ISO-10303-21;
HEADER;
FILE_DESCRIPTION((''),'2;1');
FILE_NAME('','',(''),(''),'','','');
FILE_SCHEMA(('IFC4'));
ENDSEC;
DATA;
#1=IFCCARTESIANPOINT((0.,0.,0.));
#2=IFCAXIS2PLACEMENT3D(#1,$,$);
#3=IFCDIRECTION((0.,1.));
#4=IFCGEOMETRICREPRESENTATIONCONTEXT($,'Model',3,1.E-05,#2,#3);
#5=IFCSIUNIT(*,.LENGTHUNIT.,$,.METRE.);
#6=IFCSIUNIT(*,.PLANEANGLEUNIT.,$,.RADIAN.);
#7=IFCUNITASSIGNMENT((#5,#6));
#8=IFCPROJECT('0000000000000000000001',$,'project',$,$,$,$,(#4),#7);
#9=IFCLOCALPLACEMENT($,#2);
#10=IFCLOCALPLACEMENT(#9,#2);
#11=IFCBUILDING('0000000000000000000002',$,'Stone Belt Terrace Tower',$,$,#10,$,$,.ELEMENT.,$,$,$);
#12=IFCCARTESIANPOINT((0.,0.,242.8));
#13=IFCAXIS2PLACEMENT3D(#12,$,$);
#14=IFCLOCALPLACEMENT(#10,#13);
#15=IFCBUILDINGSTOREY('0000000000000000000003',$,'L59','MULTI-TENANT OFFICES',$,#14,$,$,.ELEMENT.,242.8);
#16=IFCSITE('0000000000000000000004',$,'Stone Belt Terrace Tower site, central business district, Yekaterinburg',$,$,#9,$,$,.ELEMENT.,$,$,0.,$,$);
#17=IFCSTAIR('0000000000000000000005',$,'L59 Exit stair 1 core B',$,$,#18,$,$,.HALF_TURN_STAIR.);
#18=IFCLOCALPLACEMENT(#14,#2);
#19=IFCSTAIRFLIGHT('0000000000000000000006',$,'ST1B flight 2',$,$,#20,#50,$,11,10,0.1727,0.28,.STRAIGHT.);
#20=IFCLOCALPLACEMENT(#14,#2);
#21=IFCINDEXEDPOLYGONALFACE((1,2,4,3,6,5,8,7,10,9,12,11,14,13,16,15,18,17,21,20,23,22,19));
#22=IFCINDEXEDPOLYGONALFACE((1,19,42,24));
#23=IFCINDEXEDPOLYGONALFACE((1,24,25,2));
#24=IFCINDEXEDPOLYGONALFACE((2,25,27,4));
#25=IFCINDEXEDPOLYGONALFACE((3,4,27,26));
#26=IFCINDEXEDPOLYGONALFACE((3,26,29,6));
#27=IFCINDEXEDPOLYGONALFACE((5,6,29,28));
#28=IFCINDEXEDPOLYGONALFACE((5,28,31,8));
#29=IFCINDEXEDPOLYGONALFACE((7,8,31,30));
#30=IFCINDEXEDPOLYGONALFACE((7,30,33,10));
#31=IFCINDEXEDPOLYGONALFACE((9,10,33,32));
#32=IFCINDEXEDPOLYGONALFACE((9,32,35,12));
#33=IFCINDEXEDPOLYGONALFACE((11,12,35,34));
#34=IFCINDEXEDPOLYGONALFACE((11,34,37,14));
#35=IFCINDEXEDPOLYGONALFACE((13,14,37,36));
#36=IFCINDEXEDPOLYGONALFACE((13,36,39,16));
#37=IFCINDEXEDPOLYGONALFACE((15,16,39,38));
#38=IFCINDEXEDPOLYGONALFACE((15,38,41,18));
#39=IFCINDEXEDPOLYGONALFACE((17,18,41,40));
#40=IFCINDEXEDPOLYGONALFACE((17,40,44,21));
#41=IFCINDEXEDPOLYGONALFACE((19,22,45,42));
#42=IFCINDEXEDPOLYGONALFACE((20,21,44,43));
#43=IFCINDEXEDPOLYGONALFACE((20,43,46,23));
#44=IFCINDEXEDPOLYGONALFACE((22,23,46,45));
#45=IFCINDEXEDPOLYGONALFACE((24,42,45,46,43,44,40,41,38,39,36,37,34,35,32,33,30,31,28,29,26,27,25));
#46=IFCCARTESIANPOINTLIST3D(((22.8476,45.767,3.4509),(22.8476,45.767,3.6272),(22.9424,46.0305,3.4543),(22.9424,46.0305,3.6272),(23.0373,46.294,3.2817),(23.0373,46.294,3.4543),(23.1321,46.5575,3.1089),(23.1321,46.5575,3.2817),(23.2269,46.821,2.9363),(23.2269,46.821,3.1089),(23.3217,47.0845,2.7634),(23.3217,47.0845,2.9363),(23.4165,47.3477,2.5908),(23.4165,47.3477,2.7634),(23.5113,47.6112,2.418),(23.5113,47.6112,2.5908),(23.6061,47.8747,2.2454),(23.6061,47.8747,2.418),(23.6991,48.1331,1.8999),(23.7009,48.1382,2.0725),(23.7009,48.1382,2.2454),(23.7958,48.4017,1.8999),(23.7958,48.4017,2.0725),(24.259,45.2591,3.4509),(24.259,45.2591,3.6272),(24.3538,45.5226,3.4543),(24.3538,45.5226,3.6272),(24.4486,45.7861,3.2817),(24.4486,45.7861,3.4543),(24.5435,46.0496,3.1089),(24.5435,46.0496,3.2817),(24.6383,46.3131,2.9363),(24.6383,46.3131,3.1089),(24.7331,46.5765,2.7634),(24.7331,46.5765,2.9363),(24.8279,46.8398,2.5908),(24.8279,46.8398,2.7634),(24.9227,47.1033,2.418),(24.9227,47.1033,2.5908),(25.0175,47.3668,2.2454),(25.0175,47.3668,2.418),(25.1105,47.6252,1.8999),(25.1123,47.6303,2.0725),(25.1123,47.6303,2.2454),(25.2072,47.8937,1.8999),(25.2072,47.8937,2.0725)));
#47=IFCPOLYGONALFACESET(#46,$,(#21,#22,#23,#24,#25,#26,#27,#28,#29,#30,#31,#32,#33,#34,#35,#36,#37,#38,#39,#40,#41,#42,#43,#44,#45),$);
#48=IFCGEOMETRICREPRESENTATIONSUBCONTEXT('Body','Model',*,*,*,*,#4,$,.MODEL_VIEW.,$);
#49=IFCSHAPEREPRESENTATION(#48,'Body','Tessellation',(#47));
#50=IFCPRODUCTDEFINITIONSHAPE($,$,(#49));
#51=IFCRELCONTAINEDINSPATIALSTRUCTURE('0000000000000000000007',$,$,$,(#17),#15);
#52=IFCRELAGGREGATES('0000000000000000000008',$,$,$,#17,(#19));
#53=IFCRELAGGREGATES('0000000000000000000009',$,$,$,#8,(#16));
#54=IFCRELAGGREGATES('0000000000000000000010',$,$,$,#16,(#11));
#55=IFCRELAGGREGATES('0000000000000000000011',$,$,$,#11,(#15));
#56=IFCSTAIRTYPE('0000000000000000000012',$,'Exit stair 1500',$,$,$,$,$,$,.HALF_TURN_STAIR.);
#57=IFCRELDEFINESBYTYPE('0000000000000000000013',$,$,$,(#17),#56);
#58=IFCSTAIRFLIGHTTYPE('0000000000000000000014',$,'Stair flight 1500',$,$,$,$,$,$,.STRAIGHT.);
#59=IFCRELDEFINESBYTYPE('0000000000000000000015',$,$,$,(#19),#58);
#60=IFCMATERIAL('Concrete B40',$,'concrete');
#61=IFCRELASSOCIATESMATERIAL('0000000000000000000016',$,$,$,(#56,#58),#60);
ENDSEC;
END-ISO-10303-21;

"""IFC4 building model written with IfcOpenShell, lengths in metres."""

from ifc_helpers import new_model, si_unit, direction, frame, origin, place, context, subcontext, project, spatial, polyline, outline, extrude, material, type_object, element, aggregate, save


model = new_model("IFC4")

# Units and contexts
model_context = context("Model", 3, precision=1e-05, world=origin(), true_north=direction((0.0, 1.0)))
body_context = subcontext(model_context, "Body", "Model", "MODEL_VIEW")
ifc_project = project(units=[si_unit("LENGTHUNIT", "METRE"), si_unit("PLANEANGLEUNIT", "RADIAN")], contexts=[model_context])

# Site, building, storey
site_placement = place(None, origin())
site = spatial("IfcSite", under=ifc_project, at=site_placement, Name="Stone Belt Terrace Tower site, central business district, Yekaterinburg", CompositionType="ELEMENT", RefElevation=0.0)
building_placement = place(site_placement, origin())
building = spatial("IfcBuilding", under=site, at=building_placement, Name="Stone Belt Terrace Tower", CompositionType="ELEMENT")
storey_placement = place(building_placement, frame((0.0, 0.0, 242.8)))
storey = spatial("IfcBuildingStorey", under=building, at=storey_placement, Name="L59", Description="MULTI-TENANT OFFICES", CompositionType="ELEMENT", Elevation=242.8)

# Stair, stair flight
ifc_material_1 = material(Name="Concrete B40", Category="concrete")
stair_type = type_object("IfcStairType", Name="Exit stair 1500", PredefinedType="HALF_TURN_STAIR", material=ifc_material_1)
stair_placement = place(storey_placement, origin())
stair = element("IfcStair", 1, at=stair_placement, inside=storey, type_object=stair_type, Name="L59 Exit stair 1 core B", PredefinedType="HALF_TURN_STAIR")
stair_flight_type = type_object("IfcStairFlightType", Name="Stair flight 1500", PredefinedType="STRAIGHT", material=ifc_material_1)
stair_flight_1_placement = place(storey_placement, frame((24.5015, 48.1477, 1.8999), z_axis=(0.0, 0.0, 1.0), x_axis=(-0.338624, -0.940922, 0.0)))
stair_flight_1 = element("IfcStairFlight", 2, at=stair_flight_1_placement, type_object=stair_flight_type, Name="ST1B flight 2", NumberOfRisers=11, NumberOfTreads=10, PredefinedType="STRAIGHT", RiserHeight=0.1727, TreadLength=0.28, context=body_context, shape_type="SweptSolid", body=[
    extrude(outline(polyline([(0.0, 0.0), (0.0, 0.1726), (0.28, 0.1726), (0.28, 0.3455), (0.5601, 0.3455), (0.5601, 0.5181), (0.8401, 0.5181), (0.8401, 0.6909), (1.1201, 0.6909), (1.1201, 0.8635), (1.3999, 0.8635), (1.3999, 1.0364), (1.6799, 1.0364), (1.6799, 1.209), (1.96, 1.209), (1.96, 1.3818), (2.24, 1.3818), (2.24, 1.5544), (2.52, 1.5544), (2.52, 1.7273), (2.8, 1.7273), (2.8, 1.8999), (2.8, 1.551), (0.2854, 0.0), (0.0, 0.0)])), frame((0.0, 0.75, 0.0), z_axis=(0.0, -1.0, 0.0), x_axis=(1.0, 0.0, 0.0)), (0.0, 0.0, 1.0), 1.5),
])
aggregate(stair, [stair_flight_1])

save(model, "model.ifc")
